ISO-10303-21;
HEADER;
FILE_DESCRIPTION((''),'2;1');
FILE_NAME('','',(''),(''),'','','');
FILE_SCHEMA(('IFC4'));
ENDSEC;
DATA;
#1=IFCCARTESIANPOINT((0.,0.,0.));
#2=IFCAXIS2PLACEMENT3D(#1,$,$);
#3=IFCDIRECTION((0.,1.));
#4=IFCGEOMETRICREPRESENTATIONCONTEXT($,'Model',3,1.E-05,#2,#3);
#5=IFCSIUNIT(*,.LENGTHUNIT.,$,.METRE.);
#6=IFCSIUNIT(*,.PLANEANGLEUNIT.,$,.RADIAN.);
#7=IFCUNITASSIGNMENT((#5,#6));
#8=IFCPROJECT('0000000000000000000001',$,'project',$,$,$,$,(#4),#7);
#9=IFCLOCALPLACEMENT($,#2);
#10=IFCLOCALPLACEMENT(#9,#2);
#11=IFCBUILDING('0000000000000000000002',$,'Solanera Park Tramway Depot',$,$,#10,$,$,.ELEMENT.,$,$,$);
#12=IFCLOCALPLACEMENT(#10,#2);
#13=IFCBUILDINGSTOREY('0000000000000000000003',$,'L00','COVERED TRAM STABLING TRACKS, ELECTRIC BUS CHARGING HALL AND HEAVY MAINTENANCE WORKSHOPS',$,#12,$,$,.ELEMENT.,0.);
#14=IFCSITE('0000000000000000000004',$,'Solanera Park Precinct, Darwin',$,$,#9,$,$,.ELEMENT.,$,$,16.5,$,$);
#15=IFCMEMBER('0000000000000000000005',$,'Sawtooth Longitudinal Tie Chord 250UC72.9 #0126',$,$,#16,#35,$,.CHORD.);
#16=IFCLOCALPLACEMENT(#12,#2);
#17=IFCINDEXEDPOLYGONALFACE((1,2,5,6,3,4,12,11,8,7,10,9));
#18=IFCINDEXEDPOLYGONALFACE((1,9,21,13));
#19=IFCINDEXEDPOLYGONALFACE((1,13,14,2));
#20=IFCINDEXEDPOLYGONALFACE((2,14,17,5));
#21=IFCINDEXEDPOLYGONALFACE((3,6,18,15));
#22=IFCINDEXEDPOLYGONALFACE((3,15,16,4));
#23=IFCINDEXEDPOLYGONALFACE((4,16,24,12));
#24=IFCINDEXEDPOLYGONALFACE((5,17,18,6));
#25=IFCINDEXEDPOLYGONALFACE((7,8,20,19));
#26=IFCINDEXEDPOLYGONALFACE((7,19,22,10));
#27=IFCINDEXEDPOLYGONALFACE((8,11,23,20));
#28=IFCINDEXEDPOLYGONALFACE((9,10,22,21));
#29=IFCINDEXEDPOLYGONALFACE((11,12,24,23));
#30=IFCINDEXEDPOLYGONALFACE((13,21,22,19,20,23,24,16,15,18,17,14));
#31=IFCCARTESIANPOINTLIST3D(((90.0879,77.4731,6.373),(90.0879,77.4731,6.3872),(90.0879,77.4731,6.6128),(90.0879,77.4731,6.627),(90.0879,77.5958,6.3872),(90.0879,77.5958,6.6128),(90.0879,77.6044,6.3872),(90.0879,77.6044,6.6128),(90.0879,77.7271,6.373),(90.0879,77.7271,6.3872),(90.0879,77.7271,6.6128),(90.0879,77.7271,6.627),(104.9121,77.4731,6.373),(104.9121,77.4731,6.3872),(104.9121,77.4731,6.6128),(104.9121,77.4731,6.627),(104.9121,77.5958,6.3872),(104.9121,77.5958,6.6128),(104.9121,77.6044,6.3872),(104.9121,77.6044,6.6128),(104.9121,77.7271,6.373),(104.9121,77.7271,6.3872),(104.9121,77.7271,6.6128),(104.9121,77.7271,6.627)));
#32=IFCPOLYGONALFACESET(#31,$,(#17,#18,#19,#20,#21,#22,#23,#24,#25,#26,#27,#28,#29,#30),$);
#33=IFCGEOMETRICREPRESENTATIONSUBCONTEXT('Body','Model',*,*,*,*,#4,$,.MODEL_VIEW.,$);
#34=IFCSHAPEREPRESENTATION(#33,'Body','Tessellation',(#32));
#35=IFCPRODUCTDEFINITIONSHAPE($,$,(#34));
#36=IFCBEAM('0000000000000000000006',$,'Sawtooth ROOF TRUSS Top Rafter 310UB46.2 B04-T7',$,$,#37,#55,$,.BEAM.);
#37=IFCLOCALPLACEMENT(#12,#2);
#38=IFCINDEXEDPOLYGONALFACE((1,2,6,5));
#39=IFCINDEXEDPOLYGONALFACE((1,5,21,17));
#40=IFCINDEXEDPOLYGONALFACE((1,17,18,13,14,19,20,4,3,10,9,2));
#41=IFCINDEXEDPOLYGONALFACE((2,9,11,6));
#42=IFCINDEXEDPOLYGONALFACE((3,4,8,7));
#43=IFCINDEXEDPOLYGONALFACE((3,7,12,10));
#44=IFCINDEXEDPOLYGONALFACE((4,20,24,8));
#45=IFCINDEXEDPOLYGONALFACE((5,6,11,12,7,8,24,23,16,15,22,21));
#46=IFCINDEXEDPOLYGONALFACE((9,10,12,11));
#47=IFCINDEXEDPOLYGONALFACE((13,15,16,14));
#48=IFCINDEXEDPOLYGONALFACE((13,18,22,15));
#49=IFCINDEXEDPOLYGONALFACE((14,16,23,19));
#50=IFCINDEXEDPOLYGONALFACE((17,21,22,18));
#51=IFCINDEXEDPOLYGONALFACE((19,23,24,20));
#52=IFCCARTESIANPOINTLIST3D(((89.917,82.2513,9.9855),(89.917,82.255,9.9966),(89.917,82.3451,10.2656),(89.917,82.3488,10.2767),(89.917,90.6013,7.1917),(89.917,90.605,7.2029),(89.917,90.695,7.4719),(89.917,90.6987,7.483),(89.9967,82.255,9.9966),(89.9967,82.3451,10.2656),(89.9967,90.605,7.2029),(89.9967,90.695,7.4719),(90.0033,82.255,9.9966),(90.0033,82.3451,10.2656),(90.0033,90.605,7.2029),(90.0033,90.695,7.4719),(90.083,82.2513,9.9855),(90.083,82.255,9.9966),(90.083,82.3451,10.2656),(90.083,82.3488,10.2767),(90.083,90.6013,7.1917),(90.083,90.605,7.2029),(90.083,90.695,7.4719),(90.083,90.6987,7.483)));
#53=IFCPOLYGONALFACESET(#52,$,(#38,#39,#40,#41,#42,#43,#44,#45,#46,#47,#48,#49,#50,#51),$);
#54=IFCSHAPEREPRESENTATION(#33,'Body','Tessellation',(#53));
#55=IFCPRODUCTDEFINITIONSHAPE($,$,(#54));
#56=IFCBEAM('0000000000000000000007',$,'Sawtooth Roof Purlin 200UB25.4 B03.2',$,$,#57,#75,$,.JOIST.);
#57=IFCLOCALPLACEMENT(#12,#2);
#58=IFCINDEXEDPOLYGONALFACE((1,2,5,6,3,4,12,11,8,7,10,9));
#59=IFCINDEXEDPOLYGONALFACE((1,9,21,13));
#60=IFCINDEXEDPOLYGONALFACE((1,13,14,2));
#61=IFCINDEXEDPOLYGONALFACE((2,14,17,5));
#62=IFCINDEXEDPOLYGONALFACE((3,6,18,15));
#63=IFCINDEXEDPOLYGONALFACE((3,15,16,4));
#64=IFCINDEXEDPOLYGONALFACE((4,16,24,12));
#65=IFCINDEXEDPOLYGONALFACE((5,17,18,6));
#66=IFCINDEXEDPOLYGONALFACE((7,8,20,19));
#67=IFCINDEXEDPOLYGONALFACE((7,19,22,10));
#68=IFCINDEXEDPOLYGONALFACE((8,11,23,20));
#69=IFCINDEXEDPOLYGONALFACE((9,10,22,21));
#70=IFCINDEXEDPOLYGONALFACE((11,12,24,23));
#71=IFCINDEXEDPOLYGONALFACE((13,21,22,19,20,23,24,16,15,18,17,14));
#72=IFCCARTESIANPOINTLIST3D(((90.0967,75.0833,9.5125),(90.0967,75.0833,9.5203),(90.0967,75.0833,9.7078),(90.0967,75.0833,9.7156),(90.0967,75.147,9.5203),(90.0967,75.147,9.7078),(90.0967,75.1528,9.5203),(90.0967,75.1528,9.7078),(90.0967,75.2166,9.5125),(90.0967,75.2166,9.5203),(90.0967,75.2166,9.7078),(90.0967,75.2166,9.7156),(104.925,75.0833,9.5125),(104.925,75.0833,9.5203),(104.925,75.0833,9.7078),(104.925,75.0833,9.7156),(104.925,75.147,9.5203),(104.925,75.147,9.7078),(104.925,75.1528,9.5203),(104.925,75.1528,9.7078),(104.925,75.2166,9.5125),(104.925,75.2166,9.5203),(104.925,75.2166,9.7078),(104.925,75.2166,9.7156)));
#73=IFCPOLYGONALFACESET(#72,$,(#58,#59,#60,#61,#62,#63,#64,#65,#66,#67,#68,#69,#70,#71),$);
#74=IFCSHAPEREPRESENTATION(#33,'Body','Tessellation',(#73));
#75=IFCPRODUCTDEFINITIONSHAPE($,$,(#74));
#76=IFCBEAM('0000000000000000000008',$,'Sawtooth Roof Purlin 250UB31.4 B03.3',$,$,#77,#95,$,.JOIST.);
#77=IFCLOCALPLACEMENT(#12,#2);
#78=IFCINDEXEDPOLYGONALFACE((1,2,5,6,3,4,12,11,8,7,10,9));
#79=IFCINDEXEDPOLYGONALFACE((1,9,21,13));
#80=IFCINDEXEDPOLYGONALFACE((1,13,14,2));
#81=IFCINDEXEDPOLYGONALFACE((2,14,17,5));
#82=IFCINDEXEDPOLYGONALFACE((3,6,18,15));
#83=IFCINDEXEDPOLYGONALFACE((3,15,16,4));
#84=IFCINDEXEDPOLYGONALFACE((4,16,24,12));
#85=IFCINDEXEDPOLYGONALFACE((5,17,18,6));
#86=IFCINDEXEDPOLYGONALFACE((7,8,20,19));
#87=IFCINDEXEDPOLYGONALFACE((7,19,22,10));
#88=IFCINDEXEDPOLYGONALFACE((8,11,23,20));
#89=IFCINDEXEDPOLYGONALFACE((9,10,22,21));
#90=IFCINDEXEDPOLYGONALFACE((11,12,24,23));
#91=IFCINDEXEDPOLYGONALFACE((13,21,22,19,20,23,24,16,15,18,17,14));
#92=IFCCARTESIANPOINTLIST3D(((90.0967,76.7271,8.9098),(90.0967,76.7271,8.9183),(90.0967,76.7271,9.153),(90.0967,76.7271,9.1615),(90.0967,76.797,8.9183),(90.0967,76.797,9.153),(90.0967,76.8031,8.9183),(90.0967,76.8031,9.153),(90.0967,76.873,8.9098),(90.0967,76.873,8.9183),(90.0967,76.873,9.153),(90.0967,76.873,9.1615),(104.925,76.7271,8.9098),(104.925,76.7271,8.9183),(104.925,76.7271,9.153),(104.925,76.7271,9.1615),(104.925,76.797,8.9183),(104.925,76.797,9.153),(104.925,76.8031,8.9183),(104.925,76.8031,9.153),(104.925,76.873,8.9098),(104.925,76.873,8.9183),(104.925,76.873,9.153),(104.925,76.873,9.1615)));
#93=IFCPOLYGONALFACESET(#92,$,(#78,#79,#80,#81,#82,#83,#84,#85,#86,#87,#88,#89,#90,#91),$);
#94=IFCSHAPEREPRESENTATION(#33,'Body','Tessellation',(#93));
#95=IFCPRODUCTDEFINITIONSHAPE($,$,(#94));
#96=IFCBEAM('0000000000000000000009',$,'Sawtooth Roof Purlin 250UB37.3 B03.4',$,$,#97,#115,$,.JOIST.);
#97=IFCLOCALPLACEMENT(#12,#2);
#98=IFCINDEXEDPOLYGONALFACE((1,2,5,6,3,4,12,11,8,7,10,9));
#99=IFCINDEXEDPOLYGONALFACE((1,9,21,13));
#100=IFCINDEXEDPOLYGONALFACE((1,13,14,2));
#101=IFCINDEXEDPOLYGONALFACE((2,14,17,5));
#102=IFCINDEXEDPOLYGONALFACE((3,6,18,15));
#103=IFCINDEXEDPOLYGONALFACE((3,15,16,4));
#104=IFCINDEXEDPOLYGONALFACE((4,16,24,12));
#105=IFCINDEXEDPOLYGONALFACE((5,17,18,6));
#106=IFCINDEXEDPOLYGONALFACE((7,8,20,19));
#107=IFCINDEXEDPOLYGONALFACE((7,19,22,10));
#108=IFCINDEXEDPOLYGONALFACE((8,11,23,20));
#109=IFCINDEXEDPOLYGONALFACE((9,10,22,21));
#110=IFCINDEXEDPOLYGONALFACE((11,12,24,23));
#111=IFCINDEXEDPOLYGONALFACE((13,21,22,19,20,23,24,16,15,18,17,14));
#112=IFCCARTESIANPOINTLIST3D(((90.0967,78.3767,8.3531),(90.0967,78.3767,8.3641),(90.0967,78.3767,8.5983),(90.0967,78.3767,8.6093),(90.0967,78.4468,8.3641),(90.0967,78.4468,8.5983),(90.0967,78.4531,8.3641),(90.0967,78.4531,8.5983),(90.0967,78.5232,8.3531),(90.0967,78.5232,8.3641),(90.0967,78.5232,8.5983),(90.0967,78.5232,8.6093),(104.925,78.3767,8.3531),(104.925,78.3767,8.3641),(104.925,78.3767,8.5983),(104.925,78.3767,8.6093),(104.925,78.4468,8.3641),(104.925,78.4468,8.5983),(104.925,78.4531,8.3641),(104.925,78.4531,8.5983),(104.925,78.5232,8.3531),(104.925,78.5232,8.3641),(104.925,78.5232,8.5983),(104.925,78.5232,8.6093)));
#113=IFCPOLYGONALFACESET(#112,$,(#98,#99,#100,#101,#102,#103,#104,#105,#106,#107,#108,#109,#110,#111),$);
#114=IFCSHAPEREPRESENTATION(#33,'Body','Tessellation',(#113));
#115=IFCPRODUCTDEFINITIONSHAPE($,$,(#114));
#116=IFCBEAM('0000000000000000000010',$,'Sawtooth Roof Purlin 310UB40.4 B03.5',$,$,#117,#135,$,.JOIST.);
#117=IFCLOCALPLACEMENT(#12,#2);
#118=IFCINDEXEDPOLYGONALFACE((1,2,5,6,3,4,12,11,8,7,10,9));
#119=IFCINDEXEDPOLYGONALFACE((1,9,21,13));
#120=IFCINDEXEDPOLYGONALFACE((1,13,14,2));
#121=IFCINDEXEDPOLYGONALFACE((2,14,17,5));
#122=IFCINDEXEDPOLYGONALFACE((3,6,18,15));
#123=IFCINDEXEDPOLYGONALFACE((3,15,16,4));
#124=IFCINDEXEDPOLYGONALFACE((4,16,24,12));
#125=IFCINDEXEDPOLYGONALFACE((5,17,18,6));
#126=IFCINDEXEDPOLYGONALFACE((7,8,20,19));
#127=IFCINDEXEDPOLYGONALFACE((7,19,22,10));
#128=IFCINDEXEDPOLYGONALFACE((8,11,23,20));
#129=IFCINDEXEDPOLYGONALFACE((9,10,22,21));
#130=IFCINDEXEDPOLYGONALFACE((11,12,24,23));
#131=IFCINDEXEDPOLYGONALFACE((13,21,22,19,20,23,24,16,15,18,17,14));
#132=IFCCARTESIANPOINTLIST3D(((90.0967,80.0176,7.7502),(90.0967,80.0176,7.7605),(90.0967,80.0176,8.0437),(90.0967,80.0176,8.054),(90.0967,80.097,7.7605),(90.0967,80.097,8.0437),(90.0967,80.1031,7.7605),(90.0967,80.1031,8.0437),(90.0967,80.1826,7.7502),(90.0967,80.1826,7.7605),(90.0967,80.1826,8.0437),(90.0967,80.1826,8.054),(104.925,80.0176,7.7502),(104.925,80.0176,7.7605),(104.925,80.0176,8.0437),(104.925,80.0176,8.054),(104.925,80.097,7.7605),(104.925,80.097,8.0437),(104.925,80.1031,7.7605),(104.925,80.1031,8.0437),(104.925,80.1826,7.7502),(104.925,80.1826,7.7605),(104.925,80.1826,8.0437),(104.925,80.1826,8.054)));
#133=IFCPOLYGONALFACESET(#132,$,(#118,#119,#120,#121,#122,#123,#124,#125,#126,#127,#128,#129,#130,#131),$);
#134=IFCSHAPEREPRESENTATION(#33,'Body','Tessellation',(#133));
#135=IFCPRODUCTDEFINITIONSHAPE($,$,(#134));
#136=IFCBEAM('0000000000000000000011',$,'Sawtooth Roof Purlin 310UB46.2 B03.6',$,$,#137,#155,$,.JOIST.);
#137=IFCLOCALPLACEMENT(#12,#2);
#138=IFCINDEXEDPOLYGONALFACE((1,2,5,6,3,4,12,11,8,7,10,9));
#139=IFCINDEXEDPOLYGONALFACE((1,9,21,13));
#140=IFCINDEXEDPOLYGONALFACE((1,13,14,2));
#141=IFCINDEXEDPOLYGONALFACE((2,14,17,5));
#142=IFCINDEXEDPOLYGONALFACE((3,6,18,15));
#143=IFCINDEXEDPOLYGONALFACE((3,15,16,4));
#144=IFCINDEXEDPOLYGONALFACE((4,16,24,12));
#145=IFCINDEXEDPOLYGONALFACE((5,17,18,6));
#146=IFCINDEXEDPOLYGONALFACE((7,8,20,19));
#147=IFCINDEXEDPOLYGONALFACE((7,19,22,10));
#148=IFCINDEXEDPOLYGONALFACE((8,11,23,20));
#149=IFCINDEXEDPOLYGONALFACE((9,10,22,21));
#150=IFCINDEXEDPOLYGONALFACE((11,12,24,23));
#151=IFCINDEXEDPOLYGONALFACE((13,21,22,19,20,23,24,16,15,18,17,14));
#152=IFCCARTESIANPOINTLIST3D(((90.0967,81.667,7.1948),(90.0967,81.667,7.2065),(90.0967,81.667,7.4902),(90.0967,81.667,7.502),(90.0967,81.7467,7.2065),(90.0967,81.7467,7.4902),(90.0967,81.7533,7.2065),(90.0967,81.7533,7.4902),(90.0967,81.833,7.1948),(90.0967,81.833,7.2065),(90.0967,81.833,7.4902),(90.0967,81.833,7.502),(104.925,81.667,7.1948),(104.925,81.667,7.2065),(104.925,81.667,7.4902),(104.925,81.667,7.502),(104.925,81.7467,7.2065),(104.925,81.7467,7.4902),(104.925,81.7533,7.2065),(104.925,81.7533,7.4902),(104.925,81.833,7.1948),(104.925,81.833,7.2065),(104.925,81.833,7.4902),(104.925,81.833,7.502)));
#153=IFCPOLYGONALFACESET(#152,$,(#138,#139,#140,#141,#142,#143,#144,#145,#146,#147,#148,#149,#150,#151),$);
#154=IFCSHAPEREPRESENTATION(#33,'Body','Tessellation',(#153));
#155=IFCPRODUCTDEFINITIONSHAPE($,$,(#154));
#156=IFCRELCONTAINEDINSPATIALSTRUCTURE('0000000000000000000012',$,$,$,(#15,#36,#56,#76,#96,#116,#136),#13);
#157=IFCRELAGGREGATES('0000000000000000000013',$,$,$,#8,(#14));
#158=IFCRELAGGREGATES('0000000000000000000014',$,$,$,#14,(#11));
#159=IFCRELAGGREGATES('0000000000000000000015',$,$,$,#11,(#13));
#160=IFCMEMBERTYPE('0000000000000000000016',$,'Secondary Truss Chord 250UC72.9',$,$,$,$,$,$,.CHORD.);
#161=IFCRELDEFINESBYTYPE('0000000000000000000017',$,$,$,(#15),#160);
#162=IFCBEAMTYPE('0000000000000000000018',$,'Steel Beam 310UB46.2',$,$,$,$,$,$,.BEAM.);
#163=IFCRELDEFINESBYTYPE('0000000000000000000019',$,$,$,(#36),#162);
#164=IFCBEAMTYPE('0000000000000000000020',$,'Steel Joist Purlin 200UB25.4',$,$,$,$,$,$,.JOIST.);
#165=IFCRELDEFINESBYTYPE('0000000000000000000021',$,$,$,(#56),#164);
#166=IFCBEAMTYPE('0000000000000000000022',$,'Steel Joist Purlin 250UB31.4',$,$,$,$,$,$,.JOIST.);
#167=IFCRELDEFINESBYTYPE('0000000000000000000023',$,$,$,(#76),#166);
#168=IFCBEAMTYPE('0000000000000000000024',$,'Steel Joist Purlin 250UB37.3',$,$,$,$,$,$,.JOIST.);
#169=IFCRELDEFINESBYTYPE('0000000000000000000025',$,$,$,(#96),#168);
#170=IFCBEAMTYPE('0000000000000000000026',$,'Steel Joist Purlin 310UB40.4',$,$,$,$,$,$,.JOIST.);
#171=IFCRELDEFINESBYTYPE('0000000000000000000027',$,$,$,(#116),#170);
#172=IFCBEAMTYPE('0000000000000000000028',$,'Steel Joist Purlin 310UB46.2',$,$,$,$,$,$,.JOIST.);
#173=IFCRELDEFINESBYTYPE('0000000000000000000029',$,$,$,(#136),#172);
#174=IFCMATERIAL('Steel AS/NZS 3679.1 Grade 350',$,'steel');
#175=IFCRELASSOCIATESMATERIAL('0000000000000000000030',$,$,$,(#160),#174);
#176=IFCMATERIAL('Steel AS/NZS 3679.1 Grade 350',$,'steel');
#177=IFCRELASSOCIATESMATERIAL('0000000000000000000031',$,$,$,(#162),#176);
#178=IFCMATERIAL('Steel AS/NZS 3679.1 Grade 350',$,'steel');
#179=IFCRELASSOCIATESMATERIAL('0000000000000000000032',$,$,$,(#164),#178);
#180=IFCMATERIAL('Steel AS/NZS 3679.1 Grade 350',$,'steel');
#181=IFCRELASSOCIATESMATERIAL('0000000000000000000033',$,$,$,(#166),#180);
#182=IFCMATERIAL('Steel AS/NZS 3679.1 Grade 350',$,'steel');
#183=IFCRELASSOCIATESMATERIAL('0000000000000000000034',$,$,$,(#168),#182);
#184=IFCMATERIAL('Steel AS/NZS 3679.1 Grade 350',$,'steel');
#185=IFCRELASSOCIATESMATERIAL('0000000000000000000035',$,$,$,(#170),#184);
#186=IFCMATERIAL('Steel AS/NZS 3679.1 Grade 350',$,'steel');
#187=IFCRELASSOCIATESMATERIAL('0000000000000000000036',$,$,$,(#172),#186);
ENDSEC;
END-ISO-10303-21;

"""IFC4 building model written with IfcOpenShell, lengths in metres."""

from ifc_helpers import new_model, si_unit, direction, frame, origin, origin_2d, place, context, subcontext, project, spatial, i_section, extrude, material, material_profile, profile_set, type_object, element, save


model = new_model("IFC4")

# Units and contexts
model_context = context("Model", 3, precision=1e-05, world=origin(), true_north=direction((0.0, 1.0)))
body_context = subcontext(model_context, "Body", "Model", "MODEL_VIEW")
ifc_project = project(units=[si_unit("LENGTHUNIT", "METRE"), si_unit("PLANEANGLEUNIT", "RADIAN")], contexts=[model_context])

# Site, building, storey
site_placement = place(None, origin())
site = spatial("IfcSite", under=ifc_project, at=site_placement, Name="Solanera Park Precinct, Darwin", CompositionType="ELEMENT", RefElevation=16.5)
building_placement = place(site_placement, origin())
building = spatial("IfcBuilding", under=site, at=building_placement, Name="Solanera Park Tramway Depot", CompositionType="ELEMENT")
storey_placement = place(building_placement, origin())
storey = spatial("IfcBuildingStorey", under=building, at=storey_placement, Name="L00", Description="COVERED TRAM STABLING TRACKS, ELECTRIC BUS CHARGING HALL AND HEAVY MAINTENANCE WORKSHOPS", CompositionType="ELEMENT", Elevation=0.0)

# Member
ifc_material_1 = material(Name="Steel AS/NZS 3679.1 Grade 350", Category="steel")
ifc_material_profile_1 = material_profile(ifc_material_1, i_section(OverallWidth=0.2539, OverallDepth=0.2539, WebThickness=0.0085, FlangeThickness=0.0142, at=origin_2d()), Name="250UC72.9")
ifc_profile_set_1 = profile_set([ifc_material_profile_1], Name="Steel AS/NZS 3679.1 Grade 350")
member_type_1 = type_object("IfcMemberType", Name="Secondary Truss Chord 250UC72.9", PredefinedType="CHORD", material=ifc_profile_set_1)
member_1_placement = place(storey_placement, frame((90.0879, 77.6001, 6.5), z_axis=(1.0, 0.0, 0.0), x_axis=(0.0, 1.0, 0.0)))
element("IfcMember", 1, at=member_1_placement, inside=storey, type_object=member_type_1, Name="Sawtooth Longitudinal Tie Chord 250UC72.9 #0126", PredefinedType="CHORD", context=body_context, shape_type="SweptSolid", body=[
    extrude(i_section(OverallWidth=0.2539, OverallDepth=0.2539, WebThickness=0.0085, FlangeThickness=0.0142, at=origin_2d()), origin(), (0.0, 0.0, 1.0), 14.8242),
])

# Beams
ifc_material_2 = material(Name="Steel AS/NZS 3679.1 Grade 350", Category="steel")
ifc_material_profile_2 = material_profile(ifc_material_2, i_section(OverallWidth=0.166, OverallDepth=0.3071, WebThickness=0.0066, FlangeThickness=0.0117, at=origin_2d()), Name="310UB46.2")
ifc_profile_set_2 = profile_set([ifc_material_profile_2], Name="Steel AS/NZS 3679.1 Grade 350")
beam_type_1 = type_object("IfcBeamType", Name="Steel Beam 310UB46.2", PredefinedType="BEAM", material=ifc_profile_set_2)
beam_1_placement = place(storey_placement, frame((90.0, 82.3, 10.1311), z_axis=(0.0, 0.948328, -0.317292), x_axis=(-1.0, 0.0, 0.0)))
element("IfcBeam", 2, at=beam_1_placement, inside=storey, type_object=beam_type_1, Name="Sawtooth ROOF TRUSS Top Rafter 310UB46.2 B04-T7", PredefinedType="BEAM", context=body_context, shape_type="SweptSolid", body=[
    extrude(i_section(OverallWidth=0.166, OverallDepth=0.3071, WebThickness=0.0066, FlangeThickness=0.0117, at=origin_2d()), origin(), (0.0, 0.0, 1.0), 8.8049),
])
ifc_material_3 = material(Name="Steel AS/NZS 3679.1 Grade 350", Category="steel")
ifc_material_profile_3 = material_profile(ifc_material_3, i_section(OverallWidth=0.1333, OverallDepth=0.2031, WebThickness=0.0059, FlangeThickness=0.0078, at=origin_2d()), Name="200UB25.4")
ifc_profile_set_3 = profile_set([ifc_material_profile_3], Name="Steel AS/NZS 3679.1 Grade 350")
beam_type_2 = type_object("IfcBeamType", Name="Steel Joist Purlin 200UB25.4", PredefinedType="JOIST", material=ifc_profile_set_3)
beam_2_placement = place(storey_placement, frame((90.0967, 75.1499, 9.614), z_axis=(1.0, 0.0, 0.0), x_axis=(0.0, 1.0, 0.0)))
element("IfcBeam", 3, at=beam_2_placement, inside=storey, type_object=beam_type_2, Name="Sawtooth Roof Purlin 200UB25.4 B03.2", PredefinedType="JOIST", context=body_context, shape_type="SweptSolid", body=[
    extrude(i_section(OverallWidth=0.1333, OverallDepth=0.2031, WebThickness=0.0059, FlangeThickness=0.0078, at=origin_2d()), origin(), (0.0, 0.0, 1.0), 14.8284),
])
ifc_material_4 = material(Name="Steel AS/NZS 3679.1 Grade 350", Category="steel")
ifc_material_profile_4 = material_profile(ifc_material_4, i_section(OverallWidth=0.146, OverallDepth=0.2517, WebThickness=0.0061, FlangeThickness=0.0085, at=origin_2d()), Name="250UB31.4")
ifc_profile_set_4 = profile_set([ifc_material_profile_4], Name="Steel AS/NZS 3679.1 Grade 350")
beam_type_3 = type_object("IfcBeamType", Name="Steel Joist Purlin 250UB31.4", PredefinedType="JOIST", material=ifc_profile_set_4)
beam_3_placement = place(storey_placement, frame((90.0967, 76.8, 9.0356), z_axis=(1.0, 0.0, 0.0), x_axis=(0.0, 1.0, 0.0)))
element("IfcBeam", 4, at=beam_3_placement, inside=storey, type_object=beam_type_3, Name="Sawtooth Roof Purlin 250UB31.4 B03.3", PredefinedType="JOIST", context=body_context, shape_type="SweptSolid", body=[
    extrude(i_section(OverallWidth=0.146, OverallDepth=0.2517, WebThickness=0.0061, FlangeThickness=0.0085, at=origin_2d()), origin(), (0.0, 0.0, 1.0), 14.8284),
])
ifc_material_5 = material(Name="Steel AS/NZS 3679.1 Grade 350", Category="steel")
ifc_material_profile_5 = material_profile(ifc_material_5, i_section(OverallWidth=0.1465, OverallDepth=0.2561, WebThickness=0.0063, FlangeThickness=0.011, at=origin_2d()), Name="250UB37.3")
ifc_profile_set_5 = profile_set([ifc_material_profile_5], Name="Steel AS/NZS 3679.1 Grade 350")
beam_type_4 = type_object("IfcBeamType", Name="Steel Joist Purlin 250UB37.3", PredefinedType="JOIST", material=ifc_profile_set_5)
beam_4_placement = place(storey_placement, frame((90.0967, 78.45, 8.4812), z_axis=(1.0, 0.0, 0.0), x_axis=(0.0, 1.0, 0.0)))
element("IfcBeam", 5, at=beam_4_placement, inside=storey, type_object=beam_type_4, Name="Sawtooth Roof Purlin 250UB37.3 B03.4", PredefinedType="JOIST", context=body_context, shape_type="SweptSolid", body=[
    extrude(i_section(OverallWidth=0.1465, OverallDepth=0.2561, WebThickness=0.0063, FlangeThickness=0.011, at=origin_2d()), origin(), (0.0, 0.0, 1.0), 14.8284),
])
ifc_material_6 = material(Name="Steel AS/NZS 3679.1 Grade 350", Category="steel")
ifc_material_profile_6 = material_profile(ifc_material_6, i_section(OverallWidth=0.165, OverallDepth=0.3037, WebThickness=0.0061, FlangeThickness=0.0103, at=origin_2d()), Name="310UB40.4")
ifc_profile_set_6 = profile_set([ifc_material_profile_6], Name="Steel AS/NZS 3679.1 Grade 350")
beam_type_5 = type_object("IfcBeamType", Name="Steel Joist Purlin 310UB40.4", PredefinedType="JOIST", material=ifc_profile_set_6)
beam_5_placement = place(storey_placement, frame((90.0967, 80.1001, 7.9021), z_axis=(1.0, 0.0, 0.0), x_axis=(0.0, 1.0, 0.0)))
element("IfcBeam", 6, at=beam_5_placement, inside=storey, type_object=beam_type_5, Name="Sawtooth Roof Purlin 310UB40.4 B03.5", PredefinedType="JOIST", context=body_context, shape_type="SweptSolid", body=[
    extrude(i_section(OverallWidth=0.165, OverallDepth=0.3037, WebThickness=0.0061, FlangeThickness=0.0103, at=origin_2d()), origin(), (0.0, 0.0, 1.0), 14.8284),
])
ifc_material_7 = material(Name="Steel AS/NZS 3679.1 Grade 350", Category="steel")
ifc_material_profile_7 = material_profile(ifc_material_7, i_section(OverallWidth=0.166, OverallDepth=0.3071, WebThickness=0.0066, FlangeThickness=0.0117, at=origin_2d()), Name="310UB46.2")
ifc_profile_set_7 = profile_set([ifc_material_profile_7], Name="Steel AS/NZS 3679.1 Grade 350")
beam_type_6 = type_object("IfcBeamType", Name="Steel Joist Purlin 310UB46.2", PredefinedType="JOIST", material=ifc_profile_set_7)
beam_6_placement = place(storey_placement, frame((90.0967, 81.75, 7.3484), z_axis=(1.0, 0.0, 0.0), x_axis=(0.0, 1.0, 0.0)))
element("IfcBeam", 7, at=beam_6_placement, inside=storey, type_object=beam_type_6, Name="Sawtooth Roof Purlin 310UB46.2 B03.6", PredefinedType="JOIST", context=body_context, shape_type="SweptSolid", body=[
    extrude(i_section(OverallWidth=0.166, OverallDepth=0.3071, WebThickness=0.0066, FlangeThickness=0.0117, at=origin_2d()), origin(), (0.0, 0.0, 1.0), 14.8284),
])

save(model, "model.ifc")
